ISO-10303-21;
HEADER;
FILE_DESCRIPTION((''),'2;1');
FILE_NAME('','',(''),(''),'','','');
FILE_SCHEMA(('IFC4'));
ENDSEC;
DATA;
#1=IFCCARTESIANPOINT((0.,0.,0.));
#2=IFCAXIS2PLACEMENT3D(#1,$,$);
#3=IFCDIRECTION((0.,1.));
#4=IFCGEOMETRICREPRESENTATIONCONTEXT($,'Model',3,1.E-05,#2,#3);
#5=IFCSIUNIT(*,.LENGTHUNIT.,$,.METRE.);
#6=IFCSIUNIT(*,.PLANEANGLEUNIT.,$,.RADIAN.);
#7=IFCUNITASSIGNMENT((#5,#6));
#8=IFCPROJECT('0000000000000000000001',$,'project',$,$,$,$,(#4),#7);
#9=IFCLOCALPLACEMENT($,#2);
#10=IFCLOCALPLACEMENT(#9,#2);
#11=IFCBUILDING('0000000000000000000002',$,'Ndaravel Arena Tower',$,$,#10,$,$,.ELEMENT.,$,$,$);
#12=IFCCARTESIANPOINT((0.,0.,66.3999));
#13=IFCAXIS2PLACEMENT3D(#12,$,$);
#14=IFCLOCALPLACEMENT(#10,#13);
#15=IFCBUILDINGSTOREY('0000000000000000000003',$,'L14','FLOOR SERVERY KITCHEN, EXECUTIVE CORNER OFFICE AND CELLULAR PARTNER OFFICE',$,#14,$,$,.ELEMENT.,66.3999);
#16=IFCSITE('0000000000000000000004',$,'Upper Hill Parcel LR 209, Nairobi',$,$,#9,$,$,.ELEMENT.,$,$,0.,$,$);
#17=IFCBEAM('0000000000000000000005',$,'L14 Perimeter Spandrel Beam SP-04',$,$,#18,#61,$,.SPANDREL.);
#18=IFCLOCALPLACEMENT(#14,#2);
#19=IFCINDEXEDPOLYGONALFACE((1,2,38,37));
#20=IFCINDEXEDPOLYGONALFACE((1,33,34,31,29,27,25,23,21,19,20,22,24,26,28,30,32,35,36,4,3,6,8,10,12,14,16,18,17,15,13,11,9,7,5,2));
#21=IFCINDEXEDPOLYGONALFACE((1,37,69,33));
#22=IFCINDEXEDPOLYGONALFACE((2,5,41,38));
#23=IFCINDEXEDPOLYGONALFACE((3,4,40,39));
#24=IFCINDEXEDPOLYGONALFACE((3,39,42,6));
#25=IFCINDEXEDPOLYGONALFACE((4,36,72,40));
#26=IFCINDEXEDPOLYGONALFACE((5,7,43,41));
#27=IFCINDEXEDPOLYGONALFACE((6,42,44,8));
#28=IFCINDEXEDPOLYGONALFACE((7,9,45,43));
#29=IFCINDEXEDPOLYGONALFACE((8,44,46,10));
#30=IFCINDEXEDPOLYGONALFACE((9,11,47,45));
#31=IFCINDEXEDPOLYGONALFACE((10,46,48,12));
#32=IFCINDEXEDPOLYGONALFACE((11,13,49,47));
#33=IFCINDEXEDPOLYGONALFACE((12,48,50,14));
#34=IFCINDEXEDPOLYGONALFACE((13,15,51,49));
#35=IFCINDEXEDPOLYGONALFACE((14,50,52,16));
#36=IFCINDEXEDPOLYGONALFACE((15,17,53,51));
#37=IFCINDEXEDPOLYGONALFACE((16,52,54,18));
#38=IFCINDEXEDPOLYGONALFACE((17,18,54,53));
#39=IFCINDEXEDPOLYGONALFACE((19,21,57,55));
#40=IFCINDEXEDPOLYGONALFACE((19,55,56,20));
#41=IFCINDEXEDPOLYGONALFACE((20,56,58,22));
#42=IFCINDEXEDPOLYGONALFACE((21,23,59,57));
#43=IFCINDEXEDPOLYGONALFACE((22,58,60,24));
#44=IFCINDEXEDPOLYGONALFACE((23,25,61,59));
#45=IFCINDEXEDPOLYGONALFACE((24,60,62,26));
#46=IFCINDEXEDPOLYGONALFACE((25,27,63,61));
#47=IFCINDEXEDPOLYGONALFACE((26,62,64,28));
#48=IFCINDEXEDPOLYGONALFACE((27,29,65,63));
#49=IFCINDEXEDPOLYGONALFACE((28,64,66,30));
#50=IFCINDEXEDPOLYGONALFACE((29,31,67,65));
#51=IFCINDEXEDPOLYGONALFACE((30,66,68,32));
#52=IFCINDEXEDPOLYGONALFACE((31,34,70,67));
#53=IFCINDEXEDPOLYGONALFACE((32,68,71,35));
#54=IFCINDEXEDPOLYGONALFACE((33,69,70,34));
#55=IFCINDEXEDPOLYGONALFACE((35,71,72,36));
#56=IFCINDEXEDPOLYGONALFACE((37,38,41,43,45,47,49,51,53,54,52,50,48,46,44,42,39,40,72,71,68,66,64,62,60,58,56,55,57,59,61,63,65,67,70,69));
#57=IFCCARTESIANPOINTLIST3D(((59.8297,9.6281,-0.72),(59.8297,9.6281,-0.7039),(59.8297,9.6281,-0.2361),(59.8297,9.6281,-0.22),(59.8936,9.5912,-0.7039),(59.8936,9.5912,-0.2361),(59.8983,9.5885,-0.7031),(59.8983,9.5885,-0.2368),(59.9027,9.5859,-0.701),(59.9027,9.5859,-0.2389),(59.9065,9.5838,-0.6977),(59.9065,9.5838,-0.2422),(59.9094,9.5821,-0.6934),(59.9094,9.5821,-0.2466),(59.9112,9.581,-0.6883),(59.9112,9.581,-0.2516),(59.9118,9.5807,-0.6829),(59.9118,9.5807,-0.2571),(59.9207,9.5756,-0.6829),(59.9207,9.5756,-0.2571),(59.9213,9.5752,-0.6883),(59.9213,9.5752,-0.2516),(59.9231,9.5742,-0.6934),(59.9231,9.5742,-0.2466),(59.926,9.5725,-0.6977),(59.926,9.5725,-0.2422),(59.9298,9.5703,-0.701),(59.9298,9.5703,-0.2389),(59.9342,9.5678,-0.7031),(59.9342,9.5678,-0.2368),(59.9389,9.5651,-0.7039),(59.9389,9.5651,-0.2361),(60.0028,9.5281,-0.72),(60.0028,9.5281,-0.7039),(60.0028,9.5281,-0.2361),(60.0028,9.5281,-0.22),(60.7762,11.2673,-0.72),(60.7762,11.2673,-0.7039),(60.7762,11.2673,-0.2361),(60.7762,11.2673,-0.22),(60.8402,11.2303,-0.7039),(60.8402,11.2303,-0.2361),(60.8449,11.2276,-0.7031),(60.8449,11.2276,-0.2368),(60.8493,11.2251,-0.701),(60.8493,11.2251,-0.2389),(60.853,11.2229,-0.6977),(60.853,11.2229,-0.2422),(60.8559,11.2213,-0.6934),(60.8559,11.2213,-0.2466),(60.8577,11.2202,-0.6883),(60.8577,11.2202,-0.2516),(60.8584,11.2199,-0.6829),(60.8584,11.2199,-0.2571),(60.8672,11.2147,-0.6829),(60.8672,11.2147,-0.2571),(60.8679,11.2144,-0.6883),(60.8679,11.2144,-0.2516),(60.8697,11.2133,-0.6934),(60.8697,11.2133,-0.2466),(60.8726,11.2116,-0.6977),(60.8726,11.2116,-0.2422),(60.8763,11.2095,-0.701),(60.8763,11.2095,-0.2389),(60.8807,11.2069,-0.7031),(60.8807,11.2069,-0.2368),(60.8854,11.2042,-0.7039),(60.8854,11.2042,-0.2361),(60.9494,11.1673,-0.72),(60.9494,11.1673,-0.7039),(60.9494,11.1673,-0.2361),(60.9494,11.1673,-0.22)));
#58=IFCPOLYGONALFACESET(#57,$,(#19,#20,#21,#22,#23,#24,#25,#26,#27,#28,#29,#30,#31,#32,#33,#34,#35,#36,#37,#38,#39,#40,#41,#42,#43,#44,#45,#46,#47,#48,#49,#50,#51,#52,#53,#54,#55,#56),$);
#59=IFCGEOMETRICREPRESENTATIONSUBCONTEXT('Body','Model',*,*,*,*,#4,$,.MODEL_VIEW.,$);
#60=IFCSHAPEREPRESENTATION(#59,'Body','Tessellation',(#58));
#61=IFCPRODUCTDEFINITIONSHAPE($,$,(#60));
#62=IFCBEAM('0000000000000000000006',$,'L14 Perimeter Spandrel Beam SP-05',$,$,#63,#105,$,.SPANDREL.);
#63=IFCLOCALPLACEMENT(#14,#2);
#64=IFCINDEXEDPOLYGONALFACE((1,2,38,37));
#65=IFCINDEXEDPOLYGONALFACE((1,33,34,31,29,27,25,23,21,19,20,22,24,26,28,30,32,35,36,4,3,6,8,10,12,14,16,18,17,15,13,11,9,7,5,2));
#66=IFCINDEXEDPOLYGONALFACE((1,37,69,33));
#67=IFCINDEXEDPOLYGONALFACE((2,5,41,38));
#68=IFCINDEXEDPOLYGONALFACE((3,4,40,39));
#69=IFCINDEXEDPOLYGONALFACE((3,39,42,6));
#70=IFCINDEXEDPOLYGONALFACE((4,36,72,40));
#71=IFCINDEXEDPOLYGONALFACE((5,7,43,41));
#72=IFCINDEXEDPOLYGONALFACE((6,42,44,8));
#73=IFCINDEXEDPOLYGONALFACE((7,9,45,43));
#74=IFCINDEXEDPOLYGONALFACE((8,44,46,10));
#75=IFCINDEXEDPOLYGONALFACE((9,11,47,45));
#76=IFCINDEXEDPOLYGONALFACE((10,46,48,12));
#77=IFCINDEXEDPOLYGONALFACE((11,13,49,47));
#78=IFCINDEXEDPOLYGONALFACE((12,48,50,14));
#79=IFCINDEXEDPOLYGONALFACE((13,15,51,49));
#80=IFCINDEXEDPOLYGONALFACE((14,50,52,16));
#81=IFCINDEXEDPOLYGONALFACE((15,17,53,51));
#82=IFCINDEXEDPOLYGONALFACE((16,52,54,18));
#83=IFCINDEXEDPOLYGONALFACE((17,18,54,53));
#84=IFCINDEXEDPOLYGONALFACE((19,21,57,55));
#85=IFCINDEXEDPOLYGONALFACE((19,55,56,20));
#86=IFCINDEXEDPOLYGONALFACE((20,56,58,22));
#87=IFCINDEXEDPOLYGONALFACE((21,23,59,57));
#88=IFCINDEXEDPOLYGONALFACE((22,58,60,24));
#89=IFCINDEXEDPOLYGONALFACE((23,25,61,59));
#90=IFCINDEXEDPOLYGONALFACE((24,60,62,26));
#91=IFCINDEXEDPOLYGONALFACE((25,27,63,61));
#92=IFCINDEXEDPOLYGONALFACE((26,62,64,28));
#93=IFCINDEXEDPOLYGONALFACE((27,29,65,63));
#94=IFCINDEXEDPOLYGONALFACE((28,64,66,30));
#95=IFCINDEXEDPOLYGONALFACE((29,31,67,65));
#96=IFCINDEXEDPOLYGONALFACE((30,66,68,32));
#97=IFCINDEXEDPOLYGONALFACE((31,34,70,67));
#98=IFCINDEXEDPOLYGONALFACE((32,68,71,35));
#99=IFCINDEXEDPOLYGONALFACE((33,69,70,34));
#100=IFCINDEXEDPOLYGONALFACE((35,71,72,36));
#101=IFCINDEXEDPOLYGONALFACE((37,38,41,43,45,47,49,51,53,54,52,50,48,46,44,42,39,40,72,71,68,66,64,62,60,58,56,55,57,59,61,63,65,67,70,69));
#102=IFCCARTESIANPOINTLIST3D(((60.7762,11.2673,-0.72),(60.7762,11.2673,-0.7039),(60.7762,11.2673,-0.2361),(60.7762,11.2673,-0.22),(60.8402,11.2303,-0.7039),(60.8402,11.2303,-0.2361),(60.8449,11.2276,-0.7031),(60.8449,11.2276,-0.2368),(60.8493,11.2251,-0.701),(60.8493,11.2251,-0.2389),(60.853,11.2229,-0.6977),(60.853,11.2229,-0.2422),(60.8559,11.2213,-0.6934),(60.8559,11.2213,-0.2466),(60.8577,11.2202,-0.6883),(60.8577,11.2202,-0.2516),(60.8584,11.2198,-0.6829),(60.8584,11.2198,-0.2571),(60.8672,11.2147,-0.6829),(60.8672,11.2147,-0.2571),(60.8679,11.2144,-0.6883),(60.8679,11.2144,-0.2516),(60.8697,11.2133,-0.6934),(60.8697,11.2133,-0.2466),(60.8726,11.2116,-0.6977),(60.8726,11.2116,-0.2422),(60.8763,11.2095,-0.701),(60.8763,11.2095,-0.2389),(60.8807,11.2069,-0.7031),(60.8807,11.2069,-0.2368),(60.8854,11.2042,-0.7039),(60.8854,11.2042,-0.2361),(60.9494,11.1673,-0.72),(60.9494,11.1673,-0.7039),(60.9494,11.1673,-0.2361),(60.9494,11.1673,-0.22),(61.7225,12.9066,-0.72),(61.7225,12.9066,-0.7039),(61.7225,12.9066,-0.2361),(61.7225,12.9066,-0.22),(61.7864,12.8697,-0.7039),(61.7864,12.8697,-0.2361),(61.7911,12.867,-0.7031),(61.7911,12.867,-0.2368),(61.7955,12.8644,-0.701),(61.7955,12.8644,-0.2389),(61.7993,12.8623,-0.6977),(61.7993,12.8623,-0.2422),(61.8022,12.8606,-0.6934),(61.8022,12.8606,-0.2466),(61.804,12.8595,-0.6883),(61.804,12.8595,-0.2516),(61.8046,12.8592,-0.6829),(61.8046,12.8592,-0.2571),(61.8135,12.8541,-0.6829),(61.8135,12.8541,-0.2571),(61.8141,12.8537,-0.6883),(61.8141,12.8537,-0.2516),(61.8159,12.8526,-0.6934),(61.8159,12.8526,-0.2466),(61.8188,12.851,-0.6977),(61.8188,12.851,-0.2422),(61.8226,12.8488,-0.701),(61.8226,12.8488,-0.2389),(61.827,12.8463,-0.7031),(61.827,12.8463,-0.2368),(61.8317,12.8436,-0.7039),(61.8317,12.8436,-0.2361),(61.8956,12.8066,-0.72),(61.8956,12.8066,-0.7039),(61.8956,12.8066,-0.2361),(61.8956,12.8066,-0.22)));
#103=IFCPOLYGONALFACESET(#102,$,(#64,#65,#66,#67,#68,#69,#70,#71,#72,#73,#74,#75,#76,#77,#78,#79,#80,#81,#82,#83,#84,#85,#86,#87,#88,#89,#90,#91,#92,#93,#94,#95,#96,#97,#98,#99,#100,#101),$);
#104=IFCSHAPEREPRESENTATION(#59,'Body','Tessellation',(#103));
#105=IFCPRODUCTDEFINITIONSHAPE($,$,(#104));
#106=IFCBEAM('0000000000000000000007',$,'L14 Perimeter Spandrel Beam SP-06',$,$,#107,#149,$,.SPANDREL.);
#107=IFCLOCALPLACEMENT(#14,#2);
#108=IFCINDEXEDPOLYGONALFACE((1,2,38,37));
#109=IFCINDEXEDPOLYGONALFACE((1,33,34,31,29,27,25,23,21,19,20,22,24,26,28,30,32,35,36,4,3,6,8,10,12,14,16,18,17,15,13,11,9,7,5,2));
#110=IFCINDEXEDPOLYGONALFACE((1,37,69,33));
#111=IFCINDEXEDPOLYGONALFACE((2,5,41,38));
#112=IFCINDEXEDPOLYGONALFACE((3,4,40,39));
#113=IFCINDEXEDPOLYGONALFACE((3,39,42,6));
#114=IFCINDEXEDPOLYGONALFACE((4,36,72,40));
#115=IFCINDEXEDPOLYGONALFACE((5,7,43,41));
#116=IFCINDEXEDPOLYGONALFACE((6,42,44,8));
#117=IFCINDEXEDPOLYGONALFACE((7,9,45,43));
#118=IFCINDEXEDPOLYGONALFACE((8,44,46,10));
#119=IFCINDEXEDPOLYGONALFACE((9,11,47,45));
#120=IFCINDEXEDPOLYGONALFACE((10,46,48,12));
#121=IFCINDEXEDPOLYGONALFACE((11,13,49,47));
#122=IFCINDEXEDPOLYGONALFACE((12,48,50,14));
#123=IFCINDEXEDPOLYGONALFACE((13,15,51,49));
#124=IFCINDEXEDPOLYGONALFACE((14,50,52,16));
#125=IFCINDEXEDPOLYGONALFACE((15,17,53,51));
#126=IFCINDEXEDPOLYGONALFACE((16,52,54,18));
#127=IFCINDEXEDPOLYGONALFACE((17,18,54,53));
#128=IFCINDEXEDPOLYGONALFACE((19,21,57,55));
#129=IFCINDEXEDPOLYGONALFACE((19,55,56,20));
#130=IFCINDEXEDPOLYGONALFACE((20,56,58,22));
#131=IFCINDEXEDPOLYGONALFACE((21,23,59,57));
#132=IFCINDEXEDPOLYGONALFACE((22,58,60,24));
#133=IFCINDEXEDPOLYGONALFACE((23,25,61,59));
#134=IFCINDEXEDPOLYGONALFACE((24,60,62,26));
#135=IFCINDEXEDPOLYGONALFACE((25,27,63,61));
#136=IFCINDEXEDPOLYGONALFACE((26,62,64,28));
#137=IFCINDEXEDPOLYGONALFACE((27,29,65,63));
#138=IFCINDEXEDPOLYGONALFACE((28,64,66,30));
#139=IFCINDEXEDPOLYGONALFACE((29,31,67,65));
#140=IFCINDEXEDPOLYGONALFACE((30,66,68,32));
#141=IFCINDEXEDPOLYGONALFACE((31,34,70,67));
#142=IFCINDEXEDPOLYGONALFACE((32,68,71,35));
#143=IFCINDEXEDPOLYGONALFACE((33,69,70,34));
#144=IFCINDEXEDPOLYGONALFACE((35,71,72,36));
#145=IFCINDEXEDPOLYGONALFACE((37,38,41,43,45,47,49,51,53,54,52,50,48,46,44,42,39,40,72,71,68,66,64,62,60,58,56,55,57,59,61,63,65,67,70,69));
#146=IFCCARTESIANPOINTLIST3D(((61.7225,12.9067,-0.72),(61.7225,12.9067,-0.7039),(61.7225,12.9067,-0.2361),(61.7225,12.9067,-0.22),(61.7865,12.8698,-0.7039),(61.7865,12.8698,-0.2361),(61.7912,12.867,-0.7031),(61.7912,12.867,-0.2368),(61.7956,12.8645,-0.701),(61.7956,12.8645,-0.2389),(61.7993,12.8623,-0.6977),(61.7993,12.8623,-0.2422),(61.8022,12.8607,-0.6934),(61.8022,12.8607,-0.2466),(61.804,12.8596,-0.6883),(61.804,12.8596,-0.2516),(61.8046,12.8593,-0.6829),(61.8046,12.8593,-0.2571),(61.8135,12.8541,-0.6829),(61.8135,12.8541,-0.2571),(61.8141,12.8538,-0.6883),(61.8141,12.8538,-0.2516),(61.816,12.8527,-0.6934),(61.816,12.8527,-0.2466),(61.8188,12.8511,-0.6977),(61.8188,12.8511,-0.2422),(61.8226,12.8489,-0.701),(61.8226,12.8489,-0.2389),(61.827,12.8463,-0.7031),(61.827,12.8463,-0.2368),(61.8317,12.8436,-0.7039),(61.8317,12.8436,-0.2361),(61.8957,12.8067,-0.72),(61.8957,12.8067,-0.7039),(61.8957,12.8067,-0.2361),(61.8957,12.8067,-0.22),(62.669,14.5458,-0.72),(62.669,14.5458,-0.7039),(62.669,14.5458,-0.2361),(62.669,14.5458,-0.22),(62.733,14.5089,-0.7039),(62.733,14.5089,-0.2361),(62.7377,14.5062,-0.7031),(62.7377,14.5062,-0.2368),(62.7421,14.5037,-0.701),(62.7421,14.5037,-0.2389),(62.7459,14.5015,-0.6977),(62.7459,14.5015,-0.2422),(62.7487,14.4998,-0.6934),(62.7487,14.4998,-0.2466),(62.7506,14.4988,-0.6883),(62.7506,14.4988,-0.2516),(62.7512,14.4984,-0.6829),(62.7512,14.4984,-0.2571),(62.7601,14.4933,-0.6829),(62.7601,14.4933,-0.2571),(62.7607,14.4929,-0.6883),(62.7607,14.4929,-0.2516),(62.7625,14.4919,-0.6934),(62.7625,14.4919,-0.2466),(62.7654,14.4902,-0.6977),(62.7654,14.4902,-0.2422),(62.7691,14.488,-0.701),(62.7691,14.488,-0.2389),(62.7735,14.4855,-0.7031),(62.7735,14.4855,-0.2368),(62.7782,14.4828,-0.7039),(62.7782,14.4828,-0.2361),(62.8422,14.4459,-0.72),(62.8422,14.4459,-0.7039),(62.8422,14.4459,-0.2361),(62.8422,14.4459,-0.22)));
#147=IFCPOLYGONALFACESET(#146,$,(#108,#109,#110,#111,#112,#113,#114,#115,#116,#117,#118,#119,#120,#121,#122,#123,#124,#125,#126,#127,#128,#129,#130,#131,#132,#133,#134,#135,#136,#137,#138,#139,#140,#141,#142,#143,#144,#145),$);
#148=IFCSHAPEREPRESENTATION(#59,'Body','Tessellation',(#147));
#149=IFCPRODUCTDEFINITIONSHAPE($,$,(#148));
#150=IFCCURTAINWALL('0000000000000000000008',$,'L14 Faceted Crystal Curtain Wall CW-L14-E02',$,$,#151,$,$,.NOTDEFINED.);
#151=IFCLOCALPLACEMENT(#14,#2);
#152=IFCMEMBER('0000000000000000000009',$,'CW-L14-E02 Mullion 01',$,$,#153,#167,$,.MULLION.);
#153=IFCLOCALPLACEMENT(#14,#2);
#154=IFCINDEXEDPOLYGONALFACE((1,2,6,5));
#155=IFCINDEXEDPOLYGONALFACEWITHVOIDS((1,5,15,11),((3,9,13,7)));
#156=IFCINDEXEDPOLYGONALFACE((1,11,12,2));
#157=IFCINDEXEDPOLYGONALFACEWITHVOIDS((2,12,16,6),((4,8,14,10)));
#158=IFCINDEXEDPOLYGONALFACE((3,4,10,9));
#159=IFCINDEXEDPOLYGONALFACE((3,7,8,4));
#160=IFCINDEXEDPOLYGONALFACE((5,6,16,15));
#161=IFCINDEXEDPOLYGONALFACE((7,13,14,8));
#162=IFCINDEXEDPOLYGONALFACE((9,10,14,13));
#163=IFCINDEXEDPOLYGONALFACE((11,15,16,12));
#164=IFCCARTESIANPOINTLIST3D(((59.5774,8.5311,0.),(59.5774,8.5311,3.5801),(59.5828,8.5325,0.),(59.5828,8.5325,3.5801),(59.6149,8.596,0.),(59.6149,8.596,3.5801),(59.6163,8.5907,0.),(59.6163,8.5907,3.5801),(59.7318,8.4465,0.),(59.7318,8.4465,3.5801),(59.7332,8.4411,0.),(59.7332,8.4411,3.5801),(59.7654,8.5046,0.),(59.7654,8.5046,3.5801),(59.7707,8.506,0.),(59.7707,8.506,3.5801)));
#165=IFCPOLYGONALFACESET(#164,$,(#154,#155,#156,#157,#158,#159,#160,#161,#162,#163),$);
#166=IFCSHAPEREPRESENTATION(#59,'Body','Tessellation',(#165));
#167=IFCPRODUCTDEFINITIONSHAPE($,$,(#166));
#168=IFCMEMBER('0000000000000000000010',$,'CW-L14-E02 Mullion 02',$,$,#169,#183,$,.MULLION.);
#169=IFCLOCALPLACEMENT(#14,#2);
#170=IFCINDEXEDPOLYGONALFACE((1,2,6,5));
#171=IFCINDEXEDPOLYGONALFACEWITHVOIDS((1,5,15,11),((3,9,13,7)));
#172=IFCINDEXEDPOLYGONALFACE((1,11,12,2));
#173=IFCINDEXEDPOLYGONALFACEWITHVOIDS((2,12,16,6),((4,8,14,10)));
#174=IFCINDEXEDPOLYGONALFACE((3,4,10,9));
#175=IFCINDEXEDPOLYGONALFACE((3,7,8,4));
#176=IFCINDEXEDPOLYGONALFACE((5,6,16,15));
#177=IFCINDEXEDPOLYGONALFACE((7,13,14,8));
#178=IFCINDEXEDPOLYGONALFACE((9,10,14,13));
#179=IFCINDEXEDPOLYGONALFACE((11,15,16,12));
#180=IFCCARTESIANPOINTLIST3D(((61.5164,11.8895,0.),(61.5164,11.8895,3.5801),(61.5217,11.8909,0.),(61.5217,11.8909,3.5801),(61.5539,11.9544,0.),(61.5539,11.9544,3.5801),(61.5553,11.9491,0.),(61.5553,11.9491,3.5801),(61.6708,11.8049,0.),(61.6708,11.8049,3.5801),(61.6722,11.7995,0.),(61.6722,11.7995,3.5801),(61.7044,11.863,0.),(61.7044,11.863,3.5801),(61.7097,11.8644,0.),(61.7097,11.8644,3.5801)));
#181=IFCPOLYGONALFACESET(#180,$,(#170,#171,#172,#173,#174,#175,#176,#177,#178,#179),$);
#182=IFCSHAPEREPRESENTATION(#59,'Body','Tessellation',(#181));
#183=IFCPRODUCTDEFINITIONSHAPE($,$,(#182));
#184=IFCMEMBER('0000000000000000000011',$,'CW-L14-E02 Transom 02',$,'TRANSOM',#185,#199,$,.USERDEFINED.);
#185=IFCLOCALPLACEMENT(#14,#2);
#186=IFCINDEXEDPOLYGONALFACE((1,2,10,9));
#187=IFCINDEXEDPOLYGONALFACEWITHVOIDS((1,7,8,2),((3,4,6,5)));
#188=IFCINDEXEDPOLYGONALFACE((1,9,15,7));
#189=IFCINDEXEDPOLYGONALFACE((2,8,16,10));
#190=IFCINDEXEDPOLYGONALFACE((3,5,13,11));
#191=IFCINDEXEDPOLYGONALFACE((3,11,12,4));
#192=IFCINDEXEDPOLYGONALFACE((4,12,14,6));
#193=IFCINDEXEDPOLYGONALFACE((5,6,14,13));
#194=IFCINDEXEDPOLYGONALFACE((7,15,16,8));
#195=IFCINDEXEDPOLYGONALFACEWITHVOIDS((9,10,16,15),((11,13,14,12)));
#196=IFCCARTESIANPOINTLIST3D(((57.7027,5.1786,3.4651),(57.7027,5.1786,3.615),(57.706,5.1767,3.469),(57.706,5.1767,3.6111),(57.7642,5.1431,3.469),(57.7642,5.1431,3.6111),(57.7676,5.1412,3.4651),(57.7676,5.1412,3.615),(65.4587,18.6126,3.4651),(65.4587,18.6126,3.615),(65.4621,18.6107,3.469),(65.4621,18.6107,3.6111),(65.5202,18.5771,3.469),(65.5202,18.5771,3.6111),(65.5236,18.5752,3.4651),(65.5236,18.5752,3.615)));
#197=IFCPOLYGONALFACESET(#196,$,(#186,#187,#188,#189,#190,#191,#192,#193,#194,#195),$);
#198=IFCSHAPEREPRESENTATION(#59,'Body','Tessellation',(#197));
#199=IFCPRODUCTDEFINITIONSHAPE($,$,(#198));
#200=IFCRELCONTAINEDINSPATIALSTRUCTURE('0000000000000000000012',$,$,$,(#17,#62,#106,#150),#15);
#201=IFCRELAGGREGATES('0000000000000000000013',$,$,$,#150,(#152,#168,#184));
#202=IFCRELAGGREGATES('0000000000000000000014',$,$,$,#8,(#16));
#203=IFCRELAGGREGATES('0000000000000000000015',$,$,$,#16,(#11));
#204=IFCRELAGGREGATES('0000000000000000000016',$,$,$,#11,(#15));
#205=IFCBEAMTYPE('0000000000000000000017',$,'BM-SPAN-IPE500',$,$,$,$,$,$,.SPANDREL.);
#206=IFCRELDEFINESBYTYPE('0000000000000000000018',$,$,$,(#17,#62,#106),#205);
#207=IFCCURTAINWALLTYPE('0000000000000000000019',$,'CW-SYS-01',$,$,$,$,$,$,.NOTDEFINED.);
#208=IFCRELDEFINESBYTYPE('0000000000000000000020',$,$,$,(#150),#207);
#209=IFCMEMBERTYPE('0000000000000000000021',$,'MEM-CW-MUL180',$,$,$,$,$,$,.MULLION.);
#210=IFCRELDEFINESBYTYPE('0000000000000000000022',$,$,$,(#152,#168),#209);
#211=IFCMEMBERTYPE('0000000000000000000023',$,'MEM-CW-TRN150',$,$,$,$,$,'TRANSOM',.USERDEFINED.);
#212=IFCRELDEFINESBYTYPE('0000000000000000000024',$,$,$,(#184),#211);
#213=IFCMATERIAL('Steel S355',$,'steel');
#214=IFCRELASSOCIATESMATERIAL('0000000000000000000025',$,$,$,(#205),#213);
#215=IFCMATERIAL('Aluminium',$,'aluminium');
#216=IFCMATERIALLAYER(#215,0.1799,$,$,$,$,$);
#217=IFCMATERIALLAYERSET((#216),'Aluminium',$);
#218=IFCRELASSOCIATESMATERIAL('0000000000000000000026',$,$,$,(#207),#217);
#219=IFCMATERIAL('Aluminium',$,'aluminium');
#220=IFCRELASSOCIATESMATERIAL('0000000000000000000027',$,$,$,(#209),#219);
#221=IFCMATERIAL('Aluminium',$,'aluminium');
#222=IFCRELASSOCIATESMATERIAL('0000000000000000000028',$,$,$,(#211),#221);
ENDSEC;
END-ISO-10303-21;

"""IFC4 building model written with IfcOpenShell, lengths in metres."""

from ifc_helpers import new_model, si_unit, direction, frame, origin, origin_2d, place, context, subcontext, project, spatial, hollow_rectangle, i_section, extrude, material, layer, layer_set, material_profile, profile_set, type_object, element, aggregate, save


model = new_model("IFC4")

# Units and contexts
model_context = context("Model", 3, precision=1e-05, world=origin(), true_north=direction((0.0, 1.0)))
body_context = subcontext(model_context, "Body", "Model", "MODEL_VIEW")
ifc_project = project(units=[si_unit("LENGTHUNIT", "METRE"), si_unit("PLANEANGLEUNIT", "RADIAN")], contexts=[model_context])

# Site, building, storey
site_placement = place(None, origin())
site = spatial("IfcSite", under=ifc_project, at=site_placement, Name="Upper Hill Parcel LR 209, Nairobi", CompositionType="ELEMENT", RefElevation=0.0)
building_placement = place(site_placement, origin())
building = spatial("IfcBuilding", under=site, at=building_placement, Name="Ndaravel Arena Tower", CompositionType="ELEMENT")
storey_placement = place(building_placement, frame((0.0, 0.0, 66.3999)))
storey = spatial("IfcBuildingStorey", under=building, at=storey_placement, Name="L14", Description="FLOOR SERVERY KITCHEN, EXECUTIVE CORNER OFFICE AND CELLULAR PARTNER OFFICE", CompositionType="ELEMENT", Elevation=66.3999)

# Beams
ifc_material_1 = material(Name="Steel S355", Category="steel")
ifc_material_profile_1 = material_profile(ifc_material_1, i_section(OverallWidth=0.2, OverallDepth=0.5, WebThickness=0.0103, FlangeThickness=0.0161, FilletRadius=0.021, at=origin_2d()), Name="IPE 500")
ifc_profile_set_1 = profile_set([ifc_material_profile_1], Name="Steel S355")
beam_type = type_object("IfcBeamType", Name="BM-SPAN-IPE500", PredefinedType="SPANDREL", material=ifc_profile_set_1)
for number, where, z_axis, x_axis, name in (
    (1, (59.9163, 9.5781, -0.47), (0.500065, 0.865988, 0.0), (-0.865988, 0.500065, 0.0), "L14 Perimeter Spandrel Beam SP-04"),
    (2, (60.8628, 11.2173, -0.47), (0.499912, 0.866076, 0.0), (-0.866076, 0.499912, 0.0), "L14 Perimeter Spandrel Beam SP-05"),
    (3, (61.8091, 12.8567, -0.47), (0.500065, 0.865988, 0.0), (-0.865988, 0.500065, 0.0), "L14 Perimeter Spandrel Beam SP-06"),
):
    element("IfcBeam", number, at=place(storey_placement, frame(where, z_axis=z_axis, x_axis=x_axis)), inside=storey, type_object=beam_type, Name=name, PredefinedType="SPANDREL", context=body_context, shape_type="SweptSolid", body=[
        extrude(i_section(OverallWidth=0.2, OverallDepth=0.5, WebThickness=0.0103, FlangeThickness=0.0161, FilletRadius=0.021, at=origin_2d()), origin(), (0.0, 0.0, 1.0), 1.8928),
    ])

# Curtain wall, members
ifc_material_2 = material(Name="Aluminium", Category="aluminium")
ifc_layer_1 = layer(ifc_material_2, 0.1799)
ifc_layer_set_1 = layer_set([ifc_layer_1], Name="Aluminium")
curtain_wall_type = type_object("IfcCurtainWallType", Name="CW-SYS-01", PredefinedType="NOTDEFINED", material=ifc_layer_set_1)
curtain_wall_placement = place(storey_placement, origin())
curtain_wall = element("IfcCurtainWall", 4, at=curtain_wall_placement, inside=storey, type_object=curtain_wall_type, Name="L14 Faceted Crystal Curtain Wall CW-L14-E02", PredefinedType="NOTDEFINED")
ifc_material_3 = material(Name="Aluminium", Category="aluminium")
ifc_material_profile_2 = material_profile(ifc_material_3, hollow_rectangle(XDim=0.075, YDim=0.1799, WallThickness=0.0039, at=origin_2d()), Name="CW MULLION 75x180x4")
ifc_profile_set_2 = profile_set([ifc_material_profile_2], Name="Aluminium")
member_type_1 = type_object("IfcMemberType", Name="MEM-CW-MUL180", PredefinedType="MULLION", material=ifc_profile_set_2)
member_1_placement = place(storey_placement, frame((59.6741, 8.5186, 0.0), z_axis=(0.0, 0.0, 1.0), x_axis=(0.5, 0.866025, 0.0)))
member_1 = element("IfcMember", 5, at=member_1_placement, type_object=member_type_1, Name="CW-L14-E02 Mullion 01", PredefinedType="MULLION", context=body_context, shape_type="SweptSolid", body=[
    extrude(hollow_rectangle(XDim=0.075, YDim=0.1799, WallThickness=0.0039, at=origin_2d()), origin(), (0.0, 0.0, 1.0), 3.5801),
])
member_2_placement = place(storey_placement, frame((61.613, 11.877, 0.0), z_axis=(0.0, 0.0, 1.0), x_axis=(0.5, 0.866025, 0.0)))
member_2 = element("IfcMember", 6, at=member_2_placement, type_object=member_type_1, Name="CW-L14-E02 Mullion 02", PredefinedType="MULLION", context=body_context, shape_type="SweptSolid", body=[
    extrude(hollow_rectangle(XDim=0.075, YDim=0.1799, WallThickness=0.0039, at=origin_2d()), origin(), (0.0, 0.0, 1.0), 3.5801),
])
ifc_material_4 = material(Name="Aluminium", Category="aluminium")
ifc_material_profile_3 = material_profile(ifc_material_4, hollow_rectangle(XDim=0.075, YDim=0.1499, WallThickness=0.0039, at=origin_2d()), Name="CW TRANSOM 75x150x4")
ifc_profile_set_3 = profile_set([ifc_material_profile_3], Name="Aluminium")
member_type_2 = type_object("IfcMemberType", Name="MEM-CW-TRN150", ElementType="TRANSOM", PredefinedType="USERDEFINED", material=ifc_profile_set_3)
member_3_placement = place(storey_placement, frame((57.7351, 5.1599, 3.54), z_axis=(0.499997, 0.866027, 0.0), x_axis=(-0.866027, 0.499997, 0.0)))
member_3 = element("IfcMember", 7, at=member_3_placement, type_object=member_type_2, Name="CW-L14-E02 Transom 02", ObjectType="TRANSOM", PredefinedType="USERDEFINED", context=body_context, shape_type="SweptSolid", body=[
    extrude(hollow_rectangle(XDim=0.075, YDim=0.1499, WallThickness=0.0039, at=origin_2d()), origin(), (0.0, 0.0, 1.0), 15.5122),
])
aggregate(curtain_wall, [member_1, member_2, member_3])

save(model, "model.ifc")
